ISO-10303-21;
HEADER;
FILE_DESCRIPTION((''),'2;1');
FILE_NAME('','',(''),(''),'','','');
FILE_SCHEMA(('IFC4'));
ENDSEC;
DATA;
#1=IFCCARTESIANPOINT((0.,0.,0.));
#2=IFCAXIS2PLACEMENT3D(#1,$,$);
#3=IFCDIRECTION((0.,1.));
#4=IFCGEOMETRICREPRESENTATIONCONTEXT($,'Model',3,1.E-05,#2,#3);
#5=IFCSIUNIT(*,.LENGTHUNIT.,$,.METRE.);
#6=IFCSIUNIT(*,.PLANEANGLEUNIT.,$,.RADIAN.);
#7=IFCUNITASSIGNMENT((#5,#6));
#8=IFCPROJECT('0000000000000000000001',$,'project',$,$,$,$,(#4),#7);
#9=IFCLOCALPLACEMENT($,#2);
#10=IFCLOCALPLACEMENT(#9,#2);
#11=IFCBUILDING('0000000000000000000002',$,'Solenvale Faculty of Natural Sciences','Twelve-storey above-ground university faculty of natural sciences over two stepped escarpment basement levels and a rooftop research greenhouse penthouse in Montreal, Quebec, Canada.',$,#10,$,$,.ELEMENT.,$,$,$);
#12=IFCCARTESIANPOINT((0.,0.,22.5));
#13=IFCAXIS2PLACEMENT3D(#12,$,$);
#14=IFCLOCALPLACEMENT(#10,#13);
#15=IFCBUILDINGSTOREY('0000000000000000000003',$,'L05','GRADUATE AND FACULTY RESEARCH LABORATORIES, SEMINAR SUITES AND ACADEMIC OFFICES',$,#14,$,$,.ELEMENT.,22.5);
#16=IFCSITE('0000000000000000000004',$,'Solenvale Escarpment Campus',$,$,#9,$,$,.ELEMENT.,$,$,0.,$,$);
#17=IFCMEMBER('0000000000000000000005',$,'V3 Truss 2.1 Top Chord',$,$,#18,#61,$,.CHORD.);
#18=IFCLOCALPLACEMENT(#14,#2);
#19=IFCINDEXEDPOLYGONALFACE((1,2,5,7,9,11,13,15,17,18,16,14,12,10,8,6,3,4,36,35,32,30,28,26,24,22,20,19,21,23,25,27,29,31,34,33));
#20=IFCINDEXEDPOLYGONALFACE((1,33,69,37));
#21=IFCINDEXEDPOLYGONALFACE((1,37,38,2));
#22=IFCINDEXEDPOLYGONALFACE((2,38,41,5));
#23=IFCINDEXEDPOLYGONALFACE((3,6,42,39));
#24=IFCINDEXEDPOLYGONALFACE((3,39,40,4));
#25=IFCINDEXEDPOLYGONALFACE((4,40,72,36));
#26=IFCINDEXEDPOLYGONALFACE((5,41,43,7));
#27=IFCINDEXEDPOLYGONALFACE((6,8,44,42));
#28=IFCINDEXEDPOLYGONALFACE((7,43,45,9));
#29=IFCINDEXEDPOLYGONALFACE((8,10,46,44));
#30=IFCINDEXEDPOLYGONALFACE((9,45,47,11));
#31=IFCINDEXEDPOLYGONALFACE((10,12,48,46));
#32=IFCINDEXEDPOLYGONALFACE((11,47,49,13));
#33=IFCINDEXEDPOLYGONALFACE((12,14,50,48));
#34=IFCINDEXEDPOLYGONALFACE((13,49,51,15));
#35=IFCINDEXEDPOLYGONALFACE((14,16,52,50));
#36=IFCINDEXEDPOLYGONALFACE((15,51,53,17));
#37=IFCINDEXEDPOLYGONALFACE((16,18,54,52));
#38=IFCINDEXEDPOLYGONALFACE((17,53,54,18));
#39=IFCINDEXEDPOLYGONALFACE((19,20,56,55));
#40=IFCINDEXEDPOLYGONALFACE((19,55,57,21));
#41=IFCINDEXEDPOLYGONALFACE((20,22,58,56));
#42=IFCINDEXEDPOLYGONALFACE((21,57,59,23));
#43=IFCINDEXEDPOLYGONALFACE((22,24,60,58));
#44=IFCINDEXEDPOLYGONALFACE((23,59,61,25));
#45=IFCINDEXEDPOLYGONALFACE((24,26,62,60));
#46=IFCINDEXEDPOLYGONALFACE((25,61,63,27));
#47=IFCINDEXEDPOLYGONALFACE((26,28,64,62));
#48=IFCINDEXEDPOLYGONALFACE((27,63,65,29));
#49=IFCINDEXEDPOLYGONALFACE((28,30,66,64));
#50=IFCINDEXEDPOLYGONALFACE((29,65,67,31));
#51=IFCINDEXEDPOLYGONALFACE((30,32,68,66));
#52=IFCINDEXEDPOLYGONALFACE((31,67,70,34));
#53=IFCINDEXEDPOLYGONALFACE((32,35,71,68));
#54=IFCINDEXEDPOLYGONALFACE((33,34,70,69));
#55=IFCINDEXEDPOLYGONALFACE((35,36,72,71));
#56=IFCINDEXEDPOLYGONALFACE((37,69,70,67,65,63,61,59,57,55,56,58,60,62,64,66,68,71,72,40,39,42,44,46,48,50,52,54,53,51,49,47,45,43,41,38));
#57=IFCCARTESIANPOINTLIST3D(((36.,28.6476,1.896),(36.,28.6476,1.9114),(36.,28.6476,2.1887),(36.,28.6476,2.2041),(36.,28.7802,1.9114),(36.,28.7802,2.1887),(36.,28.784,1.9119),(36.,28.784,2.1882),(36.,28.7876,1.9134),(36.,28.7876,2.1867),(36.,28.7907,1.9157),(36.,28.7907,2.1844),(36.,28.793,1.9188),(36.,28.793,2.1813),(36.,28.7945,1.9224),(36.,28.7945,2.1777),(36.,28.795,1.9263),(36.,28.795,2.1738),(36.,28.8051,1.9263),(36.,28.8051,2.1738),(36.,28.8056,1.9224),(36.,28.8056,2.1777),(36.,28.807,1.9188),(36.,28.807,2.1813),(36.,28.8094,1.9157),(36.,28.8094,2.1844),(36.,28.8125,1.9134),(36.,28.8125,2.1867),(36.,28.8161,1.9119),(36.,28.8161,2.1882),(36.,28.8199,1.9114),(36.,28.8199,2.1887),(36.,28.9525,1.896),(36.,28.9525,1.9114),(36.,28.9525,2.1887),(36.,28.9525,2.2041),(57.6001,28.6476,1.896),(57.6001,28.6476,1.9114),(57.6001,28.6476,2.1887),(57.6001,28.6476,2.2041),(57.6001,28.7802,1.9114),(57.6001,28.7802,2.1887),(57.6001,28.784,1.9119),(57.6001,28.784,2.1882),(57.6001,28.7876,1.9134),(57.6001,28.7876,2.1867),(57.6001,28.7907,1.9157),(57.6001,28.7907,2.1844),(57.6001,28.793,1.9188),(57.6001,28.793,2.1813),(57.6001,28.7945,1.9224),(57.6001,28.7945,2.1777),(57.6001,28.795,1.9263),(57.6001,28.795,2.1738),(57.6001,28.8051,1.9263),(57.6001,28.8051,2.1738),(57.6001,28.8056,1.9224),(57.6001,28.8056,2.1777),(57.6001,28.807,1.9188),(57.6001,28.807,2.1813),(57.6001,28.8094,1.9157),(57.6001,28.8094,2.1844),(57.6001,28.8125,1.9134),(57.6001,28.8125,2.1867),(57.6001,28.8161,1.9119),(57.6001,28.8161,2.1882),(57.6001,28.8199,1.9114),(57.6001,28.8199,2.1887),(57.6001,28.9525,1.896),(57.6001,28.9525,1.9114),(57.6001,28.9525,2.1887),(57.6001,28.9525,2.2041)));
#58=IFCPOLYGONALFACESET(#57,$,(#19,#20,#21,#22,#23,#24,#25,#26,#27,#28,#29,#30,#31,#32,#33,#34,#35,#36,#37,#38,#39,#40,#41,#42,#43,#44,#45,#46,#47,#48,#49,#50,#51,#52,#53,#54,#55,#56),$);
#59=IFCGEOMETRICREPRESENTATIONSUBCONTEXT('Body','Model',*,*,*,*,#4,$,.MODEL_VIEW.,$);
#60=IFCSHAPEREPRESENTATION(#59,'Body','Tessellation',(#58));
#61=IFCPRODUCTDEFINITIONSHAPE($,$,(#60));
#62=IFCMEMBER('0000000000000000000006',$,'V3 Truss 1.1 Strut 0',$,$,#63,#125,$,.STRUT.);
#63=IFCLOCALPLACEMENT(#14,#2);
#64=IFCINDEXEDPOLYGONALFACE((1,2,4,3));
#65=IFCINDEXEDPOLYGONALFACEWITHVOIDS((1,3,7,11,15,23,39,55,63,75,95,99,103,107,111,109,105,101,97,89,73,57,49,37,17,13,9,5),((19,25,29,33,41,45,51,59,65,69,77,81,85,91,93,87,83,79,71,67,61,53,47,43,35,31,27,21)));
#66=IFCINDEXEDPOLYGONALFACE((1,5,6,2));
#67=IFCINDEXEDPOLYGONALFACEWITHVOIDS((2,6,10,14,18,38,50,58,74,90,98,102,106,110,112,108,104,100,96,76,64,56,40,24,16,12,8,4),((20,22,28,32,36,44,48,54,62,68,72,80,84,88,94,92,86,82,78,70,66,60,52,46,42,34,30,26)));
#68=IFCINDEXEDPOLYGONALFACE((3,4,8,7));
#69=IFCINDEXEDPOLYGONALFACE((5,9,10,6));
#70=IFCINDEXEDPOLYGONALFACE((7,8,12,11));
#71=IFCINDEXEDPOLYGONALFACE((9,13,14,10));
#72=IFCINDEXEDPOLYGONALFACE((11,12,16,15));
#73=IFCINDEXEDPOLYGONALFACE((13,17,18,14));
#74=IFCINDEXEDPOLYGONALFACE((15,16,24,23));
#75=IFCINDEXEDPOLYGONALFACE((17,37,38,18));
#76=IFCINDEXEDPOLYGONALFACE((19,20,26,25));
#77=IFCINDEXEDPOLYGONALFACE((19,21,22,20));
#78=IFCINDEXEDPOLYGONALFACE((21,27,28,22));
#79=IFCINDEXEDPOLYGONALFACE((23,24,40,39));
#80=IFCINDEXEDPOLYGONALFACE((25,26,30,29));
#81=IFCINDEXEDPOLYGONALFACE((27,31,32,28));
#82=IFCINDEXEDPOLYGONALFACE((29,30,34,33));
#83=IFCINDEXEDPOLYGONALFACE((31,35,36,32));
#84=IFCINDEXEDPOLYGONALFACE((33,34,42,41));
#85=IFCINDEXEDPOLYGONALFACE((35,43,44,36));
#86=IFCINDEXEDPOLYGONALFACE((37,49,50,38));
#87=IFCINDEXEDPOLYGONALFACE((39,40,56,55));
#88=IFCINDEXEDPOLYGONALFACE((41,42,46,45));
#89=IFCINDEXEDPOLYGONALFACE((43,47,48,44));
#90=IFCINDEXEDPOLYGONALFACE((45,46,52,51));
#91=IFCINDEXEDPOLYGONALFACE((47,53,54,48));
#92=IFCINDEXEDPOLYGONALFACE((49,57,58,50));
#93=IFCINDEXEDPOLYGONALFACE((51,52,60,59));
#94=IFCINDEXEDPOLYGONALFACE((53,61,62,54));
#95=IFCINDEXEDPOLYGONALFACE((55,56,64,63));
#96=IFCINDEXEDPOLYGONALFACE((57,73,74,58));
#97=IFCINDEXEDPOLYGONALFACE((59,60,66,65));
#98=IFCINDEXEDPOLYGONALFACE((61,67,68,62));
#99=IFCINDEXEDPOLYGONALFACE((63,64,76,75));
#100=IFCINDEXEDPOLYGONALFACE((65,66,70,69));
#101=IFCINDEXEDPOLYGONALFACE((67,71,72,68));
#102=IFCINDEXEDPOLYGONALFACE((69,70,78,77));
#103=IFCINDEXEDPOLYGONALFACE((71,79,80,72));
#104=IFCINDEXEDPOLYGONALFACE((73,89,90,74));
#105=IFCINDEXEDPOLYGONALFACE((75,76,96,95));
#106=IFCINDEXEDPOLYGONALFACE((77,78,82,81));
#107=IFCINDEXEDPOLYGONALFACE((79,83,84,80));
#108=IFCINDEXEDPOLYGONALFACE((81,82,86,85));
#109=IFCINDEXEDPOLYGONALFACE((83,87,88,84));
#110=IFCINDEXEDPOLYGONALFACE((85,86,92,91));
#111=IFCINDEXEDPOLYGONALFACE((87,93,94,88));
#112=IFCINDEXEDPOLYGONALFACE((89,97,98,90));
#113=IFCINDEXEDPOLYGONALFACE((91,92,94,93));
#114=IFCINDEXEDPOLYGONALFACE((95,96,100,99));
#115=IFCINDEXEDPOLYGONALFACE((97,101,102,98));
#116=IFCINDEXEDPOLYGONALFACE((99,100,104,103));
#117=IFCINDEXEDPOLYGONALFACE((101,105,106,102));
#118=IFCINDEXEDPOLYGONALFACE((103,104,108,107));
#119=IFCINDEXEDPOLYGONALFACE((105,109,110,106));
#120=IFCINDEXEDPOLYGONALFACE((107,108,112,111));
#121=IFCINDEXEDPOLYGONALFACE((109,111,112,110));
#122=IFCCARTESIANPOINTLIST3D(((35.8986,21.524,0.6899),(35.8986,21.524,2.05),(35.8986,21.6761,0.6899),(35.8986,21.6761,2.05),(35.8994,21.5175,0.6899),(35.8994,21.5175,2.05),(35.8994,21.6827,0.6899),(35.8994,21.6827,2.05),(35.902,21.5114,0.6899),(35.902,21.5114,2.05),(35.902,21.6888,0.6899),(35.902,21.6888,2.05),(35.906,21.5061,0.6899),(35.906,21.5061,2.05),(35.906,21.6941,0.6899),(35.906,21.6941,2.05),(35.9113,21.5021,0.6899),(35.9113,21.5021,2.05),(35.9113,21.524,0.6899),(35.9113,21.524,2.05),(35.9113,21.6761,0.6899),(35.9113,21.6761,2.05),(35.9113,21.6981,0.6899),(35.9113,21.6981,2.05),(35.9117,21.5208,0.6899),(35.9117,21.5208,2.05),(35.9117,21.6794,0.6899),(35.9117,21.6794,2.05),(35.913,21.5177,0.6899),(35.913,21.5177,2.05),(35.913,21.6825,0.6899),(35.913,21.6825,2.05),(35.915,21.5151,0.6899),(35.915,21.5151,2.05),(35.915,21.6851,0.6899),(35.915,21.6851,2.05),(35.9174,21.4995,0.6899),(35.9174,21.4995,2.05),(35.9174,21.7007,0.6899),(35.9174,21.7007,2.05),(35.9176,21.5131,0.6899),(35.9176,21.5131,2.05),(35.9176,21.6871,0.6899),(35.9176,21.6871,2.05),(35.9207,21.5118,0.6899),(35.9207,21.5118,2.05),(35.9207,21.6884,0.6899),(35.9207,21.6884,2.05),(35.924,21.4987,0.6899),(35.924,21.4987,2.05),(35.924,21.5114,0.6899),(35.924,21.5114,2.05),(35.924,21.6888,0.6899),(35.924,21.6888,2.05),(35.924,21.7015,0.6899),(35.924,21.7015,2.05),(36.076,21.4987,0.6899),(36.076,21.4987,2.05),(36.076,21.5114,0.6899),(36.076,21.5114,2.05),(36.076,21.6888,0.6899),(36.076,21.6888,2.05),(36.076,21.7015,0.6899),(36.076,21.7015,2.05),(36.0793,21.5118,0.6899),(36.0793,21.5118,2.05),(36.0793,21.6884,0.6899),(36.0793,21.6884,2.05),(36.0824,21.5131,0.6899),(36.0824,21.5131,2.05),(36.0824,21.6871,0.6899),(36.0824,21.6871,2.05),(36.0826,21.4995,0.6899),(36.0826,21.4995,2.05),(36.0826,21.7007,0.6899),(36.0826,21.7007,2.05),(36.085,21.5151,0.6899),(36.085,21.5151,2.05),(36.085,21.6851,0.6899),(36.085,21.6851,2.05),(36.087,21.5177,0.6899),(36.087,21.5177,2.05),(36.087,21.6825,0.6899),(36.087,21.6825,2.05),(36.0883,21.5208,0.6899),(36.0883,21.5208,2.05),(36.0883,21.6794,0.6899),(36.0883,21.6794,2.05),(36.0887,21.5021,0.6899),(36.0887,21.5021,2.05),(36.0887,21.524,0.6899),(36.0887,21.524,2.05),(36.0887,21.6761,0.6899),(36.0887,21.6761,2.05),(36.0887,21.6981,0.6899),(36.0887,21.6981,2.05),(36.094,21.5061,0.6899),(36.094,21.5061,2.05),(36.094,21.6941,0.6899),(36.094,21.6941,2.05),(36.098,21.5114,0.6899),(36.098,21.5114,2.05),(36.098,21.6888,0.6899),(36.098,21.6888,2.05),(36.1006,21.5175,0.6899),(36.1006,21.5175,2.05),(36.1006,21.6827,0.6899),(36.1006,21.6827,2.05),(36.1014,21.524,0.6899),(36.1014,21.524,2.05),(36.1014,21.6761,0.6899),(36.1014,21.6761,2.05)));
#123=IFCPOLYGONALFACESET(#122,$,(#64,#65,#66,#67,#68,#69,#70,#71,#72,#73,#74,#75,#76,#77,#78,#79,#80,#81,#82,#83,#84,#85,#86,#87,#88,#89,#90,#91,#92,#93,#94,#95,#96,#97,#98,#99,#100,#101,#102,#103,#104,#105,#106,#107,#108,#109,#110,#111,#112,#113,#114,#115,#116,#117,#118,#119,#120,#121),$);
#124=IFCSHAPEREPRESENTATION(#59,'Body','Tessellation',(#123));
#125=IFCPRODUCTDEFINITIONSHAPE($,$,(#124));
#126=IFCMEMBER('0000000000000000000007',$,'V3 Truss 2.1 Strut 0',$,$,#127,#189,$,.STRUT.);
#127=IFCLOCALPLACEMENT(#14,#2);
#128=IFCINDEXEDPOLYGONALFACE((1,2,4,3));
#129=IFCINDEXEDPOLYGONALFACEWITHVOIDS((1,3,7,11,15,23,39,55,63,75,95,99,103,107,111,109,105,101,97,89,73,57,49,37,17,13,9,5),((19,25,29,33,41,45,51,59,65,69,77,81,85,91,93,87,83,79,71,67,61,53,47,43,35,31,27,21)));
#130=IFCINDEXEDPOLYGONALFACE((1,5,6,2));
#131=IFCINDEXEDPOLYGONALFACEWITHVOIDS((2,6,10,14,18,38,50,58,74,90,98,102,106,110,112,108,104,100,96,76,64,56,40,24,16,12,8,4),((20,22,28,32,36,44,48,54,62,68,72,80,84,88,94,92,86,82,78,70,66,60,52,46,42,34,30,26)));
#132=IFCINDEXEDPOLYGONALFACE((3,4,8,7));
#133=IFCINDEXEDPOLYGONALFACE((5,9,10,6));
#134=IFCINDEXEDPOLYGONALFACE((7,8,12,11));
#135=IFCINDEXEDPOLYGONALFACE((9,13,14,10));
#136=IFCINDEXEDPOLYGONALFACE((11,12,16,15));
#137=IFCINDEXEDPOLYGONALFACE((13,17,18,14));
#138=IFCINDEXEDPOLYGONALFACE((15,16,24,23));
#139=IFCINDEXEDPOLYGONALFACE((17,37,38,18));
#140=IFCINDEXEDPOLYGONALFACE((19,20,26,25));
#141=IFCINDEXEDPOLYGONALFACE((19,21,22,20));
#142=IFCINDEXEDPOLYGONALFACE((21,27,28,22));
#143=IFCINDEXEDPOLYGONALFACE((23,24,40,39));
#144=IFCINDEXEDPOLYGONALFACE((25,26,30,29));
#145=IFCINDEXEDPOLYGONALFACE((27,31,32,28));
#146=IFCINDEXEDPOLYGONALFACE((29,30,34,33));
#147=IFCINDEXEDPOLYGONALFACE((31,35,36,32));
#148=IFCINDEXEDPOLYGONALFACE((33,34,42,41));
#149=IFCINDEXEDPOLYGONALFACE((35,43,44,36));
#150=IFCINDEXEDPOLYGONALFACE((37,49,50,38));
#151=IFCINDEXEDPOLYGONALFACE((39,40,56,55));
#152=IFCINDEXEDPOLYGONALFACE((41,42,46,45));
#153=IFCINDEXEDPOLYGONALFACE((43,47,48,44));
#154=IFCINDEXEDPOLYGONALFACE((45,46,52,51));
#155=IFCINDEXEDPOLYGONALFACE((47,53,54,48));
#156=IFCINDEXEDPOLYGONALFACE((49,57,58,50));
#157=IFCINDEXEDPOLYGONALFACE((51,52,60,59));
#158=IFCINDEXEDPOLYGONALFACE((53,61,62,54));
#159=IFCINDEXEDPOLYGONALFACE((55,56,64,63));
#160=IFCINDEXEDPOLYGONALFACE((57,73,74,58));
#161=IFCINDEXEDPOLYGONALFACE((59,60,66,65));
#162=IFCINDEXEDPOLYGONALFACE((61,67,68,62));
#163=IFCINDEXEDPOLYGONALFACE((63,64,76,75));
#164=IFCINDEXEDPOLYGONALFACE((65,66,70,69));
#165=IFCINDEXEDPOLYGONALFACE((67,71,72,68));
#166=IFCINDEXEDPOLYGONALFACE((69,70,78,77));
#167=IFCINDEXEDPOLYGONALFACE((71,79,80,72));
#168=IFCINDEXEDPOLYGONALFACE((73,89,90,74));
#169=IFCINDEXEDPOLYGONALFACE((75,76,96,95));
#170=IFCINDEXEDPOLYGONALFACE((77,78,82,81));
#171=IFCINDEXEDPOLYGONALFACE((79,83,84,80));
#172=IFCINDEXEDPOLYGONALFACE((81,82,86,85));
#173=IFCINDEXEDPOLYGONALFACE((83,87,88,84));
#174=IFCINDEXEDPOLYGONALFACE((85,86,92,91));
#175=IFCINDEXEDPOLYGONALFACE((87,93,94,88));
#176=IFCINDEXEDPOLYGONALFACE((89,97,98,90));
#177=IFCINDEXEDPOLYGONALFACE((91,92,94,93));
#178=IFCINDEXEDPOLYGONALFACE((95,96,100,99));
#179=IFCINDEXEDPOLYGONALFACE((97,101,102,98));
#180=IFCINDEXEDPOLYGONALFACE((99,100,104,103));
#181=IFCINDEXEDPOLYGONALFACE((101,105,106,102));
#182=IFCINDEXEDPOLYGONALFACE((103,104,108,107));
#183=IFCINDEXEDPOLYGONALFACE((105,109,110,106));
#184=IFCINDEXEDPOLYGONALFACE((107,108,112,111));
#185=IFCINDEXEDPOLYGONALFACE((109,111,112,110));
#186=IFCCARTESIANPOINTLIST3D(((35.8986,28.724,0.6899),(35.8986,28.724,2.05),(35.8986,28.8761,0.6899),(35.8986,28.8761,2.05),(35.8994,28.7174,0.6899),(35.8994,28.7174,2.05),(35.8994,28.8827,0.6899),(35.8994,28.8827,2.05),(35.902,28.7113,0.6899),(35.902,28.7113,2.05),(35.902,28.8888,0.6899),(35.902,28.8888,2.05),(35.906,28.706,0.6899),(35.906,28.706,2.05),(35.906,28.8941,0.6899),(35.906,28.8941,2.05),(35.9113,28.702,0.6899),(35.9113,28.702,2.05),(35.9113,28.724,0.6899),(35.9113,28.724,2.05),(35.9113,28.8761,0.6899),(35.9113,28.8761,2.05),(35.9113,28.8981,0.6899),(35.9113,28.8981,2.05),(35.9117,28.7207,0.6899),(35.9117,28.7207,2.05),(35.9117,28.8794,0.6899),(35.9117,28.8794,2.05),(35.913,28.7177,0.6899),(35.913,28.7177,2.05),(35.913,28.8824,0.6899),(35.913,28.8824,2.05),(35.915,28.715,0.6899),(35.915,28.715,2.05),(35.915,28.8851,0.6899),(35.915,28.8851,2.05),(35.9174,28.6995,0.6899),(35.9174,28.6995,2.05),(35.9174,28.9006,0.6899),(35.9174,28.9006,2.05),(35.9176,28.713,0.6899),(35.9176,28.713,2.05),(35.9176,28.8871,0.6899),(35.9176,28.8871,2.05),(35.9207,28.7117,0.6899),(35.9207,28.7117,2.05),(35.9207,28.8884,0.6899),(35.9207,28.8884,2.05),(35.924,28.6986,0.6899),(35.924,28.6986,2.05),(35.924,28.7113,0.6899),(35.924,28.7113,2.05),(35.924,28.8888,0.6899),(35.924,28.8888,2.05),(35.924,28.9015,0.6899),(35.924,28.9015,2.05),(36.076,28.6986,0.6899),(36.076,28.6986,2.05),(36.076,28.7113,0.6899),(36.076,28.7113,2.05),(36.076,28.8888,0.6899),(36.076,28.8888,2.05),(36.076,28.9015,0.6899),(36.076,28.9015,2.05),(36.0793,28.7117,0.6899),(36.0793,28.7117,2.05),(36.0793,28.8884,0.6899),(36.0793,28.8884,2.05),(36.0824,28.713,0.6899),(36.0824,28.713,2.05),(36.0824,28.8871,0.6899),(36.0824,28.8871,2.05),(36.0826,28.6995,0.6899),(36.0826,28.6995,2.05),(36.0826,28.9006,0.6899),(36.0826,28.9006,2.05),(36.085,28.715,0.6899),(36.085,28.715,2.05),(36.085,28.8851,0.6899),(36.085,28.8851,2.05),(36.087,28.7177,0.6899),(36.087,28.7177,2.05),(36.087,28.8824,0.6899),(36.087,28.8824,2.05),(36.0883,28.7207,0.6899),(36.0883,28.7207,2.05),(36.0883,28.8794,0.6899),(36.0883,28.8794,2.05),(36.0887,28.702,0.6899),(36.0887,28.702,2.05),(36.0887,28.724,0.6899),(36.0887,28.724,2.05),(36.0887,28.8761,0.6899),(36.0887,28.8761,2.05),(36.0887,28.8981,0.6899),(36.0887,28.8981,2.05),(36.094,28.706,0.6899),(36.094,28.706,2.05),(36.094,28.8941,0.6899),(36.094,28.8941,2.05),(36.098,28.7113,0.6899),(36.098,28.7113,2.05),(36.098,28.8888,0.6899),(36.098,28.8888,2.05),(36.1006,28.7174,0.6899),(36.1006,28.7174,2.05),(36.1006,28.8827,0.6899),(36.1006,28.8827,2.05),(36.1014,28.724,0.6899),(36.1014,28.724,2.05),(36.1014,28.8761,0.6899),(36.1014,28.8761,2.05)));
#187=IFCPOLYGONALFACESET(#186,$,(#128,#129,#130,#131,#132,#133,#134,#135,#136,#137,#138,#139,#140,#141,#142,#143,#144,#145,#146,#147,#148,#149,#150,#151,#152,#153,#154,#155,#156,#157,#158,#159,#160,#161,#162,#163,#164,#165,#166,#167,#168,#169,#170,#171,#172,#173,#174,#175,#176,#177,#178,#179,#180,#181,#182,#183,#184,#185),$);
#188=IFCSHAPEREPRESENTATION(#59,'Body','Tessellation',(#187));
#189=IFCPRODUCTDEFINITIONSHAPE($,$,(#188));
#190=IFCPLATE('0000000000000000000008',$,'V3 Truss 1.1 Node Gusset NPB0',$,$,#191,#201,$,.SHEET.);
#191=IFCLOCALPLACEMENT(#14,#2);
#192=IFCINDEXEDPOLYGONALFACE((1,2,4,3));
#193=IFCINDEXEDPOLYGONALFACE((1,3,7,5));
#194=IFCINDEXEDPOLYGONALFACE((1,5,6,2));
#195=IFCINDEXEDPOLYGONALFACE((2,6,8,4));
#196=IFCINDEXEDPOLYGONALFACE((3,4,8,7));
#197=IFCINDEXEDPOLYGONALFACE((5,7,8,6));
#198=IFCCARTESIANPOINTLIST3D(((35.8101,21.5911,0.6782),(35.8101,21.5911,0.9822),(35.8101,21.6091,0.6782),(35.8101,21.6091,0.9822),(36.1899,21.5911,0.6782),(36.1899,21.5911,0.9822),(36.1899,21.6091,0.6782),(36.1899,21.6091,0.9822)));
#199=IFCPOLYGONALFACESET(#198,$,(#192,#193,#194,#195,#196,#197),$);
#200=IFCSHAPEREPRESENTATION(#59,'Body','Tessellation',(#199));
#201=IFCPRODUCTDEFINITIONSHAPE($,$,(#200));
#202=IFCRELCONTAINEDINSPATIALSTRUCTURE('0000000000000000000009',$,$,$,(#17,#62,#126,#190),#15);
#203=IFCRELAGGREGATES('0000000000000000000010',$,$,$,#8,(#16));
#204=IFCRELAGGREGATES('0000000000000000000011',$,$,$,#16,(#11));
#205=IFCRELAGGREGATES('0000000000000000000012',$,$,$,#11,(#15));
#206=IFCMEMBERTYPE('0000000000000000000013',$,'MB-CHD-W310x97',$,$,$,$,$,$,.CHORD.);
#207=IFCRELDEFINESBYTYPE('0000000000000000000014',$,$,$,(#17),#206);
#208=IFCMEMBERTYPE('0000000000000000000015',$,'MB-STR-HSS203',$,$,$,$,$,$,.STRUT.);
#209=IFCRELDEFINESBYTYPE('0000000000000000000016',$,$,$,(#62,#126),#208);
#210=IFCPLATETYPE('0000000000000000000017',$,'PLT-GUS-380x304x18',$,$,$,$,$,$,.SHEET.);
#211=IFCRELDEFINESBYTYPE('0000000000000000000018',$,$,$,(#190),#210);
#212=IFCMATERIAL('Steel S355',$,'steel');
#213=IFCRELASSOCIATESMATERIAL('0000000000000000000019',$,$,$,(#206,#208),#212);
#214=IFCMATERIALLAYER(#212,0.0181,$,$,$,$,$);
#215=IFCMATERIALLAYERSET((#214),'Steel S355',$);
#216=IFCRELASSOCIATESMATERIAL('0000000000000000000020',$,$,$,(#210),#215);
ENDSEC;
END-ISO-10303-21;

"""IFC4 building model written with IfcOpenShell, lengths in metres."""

from ifc_helpers import new_model, si_unit, direction, frame, origin, origin_2d, place, context, subcontext, project, spatial, rectangle, hollow_rectangle, i_section, extrude, material, layer, layer_set, material_profile, profile_set, type_object, element, save


model = new_model("IFC4")

# Units and contexts
model_context = context("Model", 3, precision=1e-05, world=origin(), true_north=direction((0.0, 1.0)))
body_context = subcontext(model_context, "Body", "Model", "MODEL_VIEW")
ifc_project = project(units=[si_unit("LENGTHUNIT", "METRE"), si_unit("PLANEANGLEUNIT", "RADIAN")], contexts=[model_context])

# Site, building, storey
site_placement = place(None, origin())
site = spatial("IfcSite", under=ifc_project, at=site_placement, Name="Solenvale Escarpment Campus", CompositionType="ELEMENT", RefElevation=0.0)
building_placement = place(site_placement, origin())
building = spatial("IfcBuilding", under=site, at=building_placement, Name="Solenvale Faculty of Natural Sciences", Description="Twelve-storey above-ground university faculty of natural sciences over two stepped escarpment basement levels and a rooftop research greenhouse penthouse in Montreal, Quebec, Canada.", CompositionType="ELEMENT")
storey_placement = place(building_placement, frame((0.0, 0.0, 22.5)))
storey = spatial("IfcBuildingStorey", under=building, at=storey_placement, Name="L05", Description="GRADUATE AND FACULTY RESEARCH LABORATORIES, SEMINAR SUITES AND ACADEMIC OFFICES", CompositionType="ELEMENT", Elevation=22.5)

# Shared definitions
ifc_material_1 = material(Name="Steel S355", Category="steel")

# Members
ifc_material_profile_1 = material_profile(ifc_material_1, i_section(OverallWidth=0.3049, OverallDepth=0.3081, WebThickness=0.01, FlangeThickness=0.0154, FilletRadius=0.0149, at=origin_2d()), Name="W310x97")
ifc_profile_set_1 = profile_set([ifc_material_profile_1], Name="Steel S355")
member_type_1 = type_object("IfcMemberType", Name="MB-CHD-W310x97", PredefinedType="CHORD", material=ifc_profile_set_1)
for number, where, z_axis, x_axis, name in (
    (1, (36.0, 28.8, 2.05), (1.0, 0.0, 0.0), (0.0, 1.0, 0.0), "V3 Truss 2.1 Top Chord"),
):
    element("IfcMember", number, at=place(storey_placement, frame(where, z_axis=z_axis, x_axis=x_axis)), inside=storey, type_object=member_type_1, Name=name, PredefinedType="CHORD", context=body_context, shape_type="SweptSolid", body=[
        extrude(i_section(OverallWidth=0.3049, OverallDepth=0.3081, WebThickness=0.01, FlangeThickness=0.0154, FilletRadius=0.0149, at=origin_2d()), origin(), (0.0, 0.0, 1.0), 21.6001),
    ])
ifc_material_profile_2 = material_profile(ifc_material_1, hollow_rectangle(XDim=0.2029, YDim=0.2029, WallThickness=0.0127, InnerFilletRadius=0.0127, OuterFilletRadius=0.0254, at=origin_2d()), Name="HSS203x203x13")
ifc_profile_set_2 = profile_set([ifc_material_profile_2], Name="Steel S355")
member_type_2 = type_object("IfcMemberType", Name="MB-STR-HSS203", PredefinedType="STRUT", material=ifc_profile_set_2)
for number, where, z_axis, x_axis, name in (
    (2, (36.0, 21.6001, 0.6899), (0.0, 0.0, 1.0), (1.0, 0.0, 0.0), "V3 Truss 1.1 Strut 0"),
    (3, (36.0, 28.8, 0.6899), (0.0, 0.0, 1.0), (1.0, 0.0, 0.0), "V3 Truss 2.1 Strut 0"),
):
    element("IfcMember", number, at=place(storey_placement, frame(where, z_axis=z_axis, x_axis=x_axis)), inside=storey, type_object=member_type_2, Name=name, PredefinedType="STRUT", context=body_context, shape_type="SweptSolid", body=[
        extrude(hollow_rectangle(XDim=0.2029, YDim=0.2029, WallThickness=0.0127, InnerFilletRadius=0.0127, OuterFilletRadius=0.0254, at=origin_2d()), origin(), (0.0, 0.0, 1.0), 1.3601),
    ])

# Plate
ifc_layer_1 = layer(ifc_material_1, 0.0181)
ifc_layer_set_1 = layer_set([ifc_layer_1], Name="Steel S355")
plate_type_1 = type_object("IfcPlateType", Name="PLT-GUS-380x304x18", PredefinedType="SHEET", material=ifc_layer_set_1)
plate_1_placement = place(storey_placement, frame((36.0, 21.6001, 0.6782), z_axis=(0.0, 0.0, 1.0), x_axis=(1.0, 0.0, 0.0)))
element("IfcPlate", 4, at=plate_1_placement, inside=storey, type_object=plate_type_1, Name="V3 Truss 1.1 Node Gusset NPB0", PredefinedType="SHEET", context=body_context, shape_type="SweptSolid", body=[
    extrude(rectangle(XDim=0.3799, YDim=0.0181, at=origin_2d()), origin(), (0.0, 0.0, 1.0), 0.304),
])

save(model, "model.ifc")
